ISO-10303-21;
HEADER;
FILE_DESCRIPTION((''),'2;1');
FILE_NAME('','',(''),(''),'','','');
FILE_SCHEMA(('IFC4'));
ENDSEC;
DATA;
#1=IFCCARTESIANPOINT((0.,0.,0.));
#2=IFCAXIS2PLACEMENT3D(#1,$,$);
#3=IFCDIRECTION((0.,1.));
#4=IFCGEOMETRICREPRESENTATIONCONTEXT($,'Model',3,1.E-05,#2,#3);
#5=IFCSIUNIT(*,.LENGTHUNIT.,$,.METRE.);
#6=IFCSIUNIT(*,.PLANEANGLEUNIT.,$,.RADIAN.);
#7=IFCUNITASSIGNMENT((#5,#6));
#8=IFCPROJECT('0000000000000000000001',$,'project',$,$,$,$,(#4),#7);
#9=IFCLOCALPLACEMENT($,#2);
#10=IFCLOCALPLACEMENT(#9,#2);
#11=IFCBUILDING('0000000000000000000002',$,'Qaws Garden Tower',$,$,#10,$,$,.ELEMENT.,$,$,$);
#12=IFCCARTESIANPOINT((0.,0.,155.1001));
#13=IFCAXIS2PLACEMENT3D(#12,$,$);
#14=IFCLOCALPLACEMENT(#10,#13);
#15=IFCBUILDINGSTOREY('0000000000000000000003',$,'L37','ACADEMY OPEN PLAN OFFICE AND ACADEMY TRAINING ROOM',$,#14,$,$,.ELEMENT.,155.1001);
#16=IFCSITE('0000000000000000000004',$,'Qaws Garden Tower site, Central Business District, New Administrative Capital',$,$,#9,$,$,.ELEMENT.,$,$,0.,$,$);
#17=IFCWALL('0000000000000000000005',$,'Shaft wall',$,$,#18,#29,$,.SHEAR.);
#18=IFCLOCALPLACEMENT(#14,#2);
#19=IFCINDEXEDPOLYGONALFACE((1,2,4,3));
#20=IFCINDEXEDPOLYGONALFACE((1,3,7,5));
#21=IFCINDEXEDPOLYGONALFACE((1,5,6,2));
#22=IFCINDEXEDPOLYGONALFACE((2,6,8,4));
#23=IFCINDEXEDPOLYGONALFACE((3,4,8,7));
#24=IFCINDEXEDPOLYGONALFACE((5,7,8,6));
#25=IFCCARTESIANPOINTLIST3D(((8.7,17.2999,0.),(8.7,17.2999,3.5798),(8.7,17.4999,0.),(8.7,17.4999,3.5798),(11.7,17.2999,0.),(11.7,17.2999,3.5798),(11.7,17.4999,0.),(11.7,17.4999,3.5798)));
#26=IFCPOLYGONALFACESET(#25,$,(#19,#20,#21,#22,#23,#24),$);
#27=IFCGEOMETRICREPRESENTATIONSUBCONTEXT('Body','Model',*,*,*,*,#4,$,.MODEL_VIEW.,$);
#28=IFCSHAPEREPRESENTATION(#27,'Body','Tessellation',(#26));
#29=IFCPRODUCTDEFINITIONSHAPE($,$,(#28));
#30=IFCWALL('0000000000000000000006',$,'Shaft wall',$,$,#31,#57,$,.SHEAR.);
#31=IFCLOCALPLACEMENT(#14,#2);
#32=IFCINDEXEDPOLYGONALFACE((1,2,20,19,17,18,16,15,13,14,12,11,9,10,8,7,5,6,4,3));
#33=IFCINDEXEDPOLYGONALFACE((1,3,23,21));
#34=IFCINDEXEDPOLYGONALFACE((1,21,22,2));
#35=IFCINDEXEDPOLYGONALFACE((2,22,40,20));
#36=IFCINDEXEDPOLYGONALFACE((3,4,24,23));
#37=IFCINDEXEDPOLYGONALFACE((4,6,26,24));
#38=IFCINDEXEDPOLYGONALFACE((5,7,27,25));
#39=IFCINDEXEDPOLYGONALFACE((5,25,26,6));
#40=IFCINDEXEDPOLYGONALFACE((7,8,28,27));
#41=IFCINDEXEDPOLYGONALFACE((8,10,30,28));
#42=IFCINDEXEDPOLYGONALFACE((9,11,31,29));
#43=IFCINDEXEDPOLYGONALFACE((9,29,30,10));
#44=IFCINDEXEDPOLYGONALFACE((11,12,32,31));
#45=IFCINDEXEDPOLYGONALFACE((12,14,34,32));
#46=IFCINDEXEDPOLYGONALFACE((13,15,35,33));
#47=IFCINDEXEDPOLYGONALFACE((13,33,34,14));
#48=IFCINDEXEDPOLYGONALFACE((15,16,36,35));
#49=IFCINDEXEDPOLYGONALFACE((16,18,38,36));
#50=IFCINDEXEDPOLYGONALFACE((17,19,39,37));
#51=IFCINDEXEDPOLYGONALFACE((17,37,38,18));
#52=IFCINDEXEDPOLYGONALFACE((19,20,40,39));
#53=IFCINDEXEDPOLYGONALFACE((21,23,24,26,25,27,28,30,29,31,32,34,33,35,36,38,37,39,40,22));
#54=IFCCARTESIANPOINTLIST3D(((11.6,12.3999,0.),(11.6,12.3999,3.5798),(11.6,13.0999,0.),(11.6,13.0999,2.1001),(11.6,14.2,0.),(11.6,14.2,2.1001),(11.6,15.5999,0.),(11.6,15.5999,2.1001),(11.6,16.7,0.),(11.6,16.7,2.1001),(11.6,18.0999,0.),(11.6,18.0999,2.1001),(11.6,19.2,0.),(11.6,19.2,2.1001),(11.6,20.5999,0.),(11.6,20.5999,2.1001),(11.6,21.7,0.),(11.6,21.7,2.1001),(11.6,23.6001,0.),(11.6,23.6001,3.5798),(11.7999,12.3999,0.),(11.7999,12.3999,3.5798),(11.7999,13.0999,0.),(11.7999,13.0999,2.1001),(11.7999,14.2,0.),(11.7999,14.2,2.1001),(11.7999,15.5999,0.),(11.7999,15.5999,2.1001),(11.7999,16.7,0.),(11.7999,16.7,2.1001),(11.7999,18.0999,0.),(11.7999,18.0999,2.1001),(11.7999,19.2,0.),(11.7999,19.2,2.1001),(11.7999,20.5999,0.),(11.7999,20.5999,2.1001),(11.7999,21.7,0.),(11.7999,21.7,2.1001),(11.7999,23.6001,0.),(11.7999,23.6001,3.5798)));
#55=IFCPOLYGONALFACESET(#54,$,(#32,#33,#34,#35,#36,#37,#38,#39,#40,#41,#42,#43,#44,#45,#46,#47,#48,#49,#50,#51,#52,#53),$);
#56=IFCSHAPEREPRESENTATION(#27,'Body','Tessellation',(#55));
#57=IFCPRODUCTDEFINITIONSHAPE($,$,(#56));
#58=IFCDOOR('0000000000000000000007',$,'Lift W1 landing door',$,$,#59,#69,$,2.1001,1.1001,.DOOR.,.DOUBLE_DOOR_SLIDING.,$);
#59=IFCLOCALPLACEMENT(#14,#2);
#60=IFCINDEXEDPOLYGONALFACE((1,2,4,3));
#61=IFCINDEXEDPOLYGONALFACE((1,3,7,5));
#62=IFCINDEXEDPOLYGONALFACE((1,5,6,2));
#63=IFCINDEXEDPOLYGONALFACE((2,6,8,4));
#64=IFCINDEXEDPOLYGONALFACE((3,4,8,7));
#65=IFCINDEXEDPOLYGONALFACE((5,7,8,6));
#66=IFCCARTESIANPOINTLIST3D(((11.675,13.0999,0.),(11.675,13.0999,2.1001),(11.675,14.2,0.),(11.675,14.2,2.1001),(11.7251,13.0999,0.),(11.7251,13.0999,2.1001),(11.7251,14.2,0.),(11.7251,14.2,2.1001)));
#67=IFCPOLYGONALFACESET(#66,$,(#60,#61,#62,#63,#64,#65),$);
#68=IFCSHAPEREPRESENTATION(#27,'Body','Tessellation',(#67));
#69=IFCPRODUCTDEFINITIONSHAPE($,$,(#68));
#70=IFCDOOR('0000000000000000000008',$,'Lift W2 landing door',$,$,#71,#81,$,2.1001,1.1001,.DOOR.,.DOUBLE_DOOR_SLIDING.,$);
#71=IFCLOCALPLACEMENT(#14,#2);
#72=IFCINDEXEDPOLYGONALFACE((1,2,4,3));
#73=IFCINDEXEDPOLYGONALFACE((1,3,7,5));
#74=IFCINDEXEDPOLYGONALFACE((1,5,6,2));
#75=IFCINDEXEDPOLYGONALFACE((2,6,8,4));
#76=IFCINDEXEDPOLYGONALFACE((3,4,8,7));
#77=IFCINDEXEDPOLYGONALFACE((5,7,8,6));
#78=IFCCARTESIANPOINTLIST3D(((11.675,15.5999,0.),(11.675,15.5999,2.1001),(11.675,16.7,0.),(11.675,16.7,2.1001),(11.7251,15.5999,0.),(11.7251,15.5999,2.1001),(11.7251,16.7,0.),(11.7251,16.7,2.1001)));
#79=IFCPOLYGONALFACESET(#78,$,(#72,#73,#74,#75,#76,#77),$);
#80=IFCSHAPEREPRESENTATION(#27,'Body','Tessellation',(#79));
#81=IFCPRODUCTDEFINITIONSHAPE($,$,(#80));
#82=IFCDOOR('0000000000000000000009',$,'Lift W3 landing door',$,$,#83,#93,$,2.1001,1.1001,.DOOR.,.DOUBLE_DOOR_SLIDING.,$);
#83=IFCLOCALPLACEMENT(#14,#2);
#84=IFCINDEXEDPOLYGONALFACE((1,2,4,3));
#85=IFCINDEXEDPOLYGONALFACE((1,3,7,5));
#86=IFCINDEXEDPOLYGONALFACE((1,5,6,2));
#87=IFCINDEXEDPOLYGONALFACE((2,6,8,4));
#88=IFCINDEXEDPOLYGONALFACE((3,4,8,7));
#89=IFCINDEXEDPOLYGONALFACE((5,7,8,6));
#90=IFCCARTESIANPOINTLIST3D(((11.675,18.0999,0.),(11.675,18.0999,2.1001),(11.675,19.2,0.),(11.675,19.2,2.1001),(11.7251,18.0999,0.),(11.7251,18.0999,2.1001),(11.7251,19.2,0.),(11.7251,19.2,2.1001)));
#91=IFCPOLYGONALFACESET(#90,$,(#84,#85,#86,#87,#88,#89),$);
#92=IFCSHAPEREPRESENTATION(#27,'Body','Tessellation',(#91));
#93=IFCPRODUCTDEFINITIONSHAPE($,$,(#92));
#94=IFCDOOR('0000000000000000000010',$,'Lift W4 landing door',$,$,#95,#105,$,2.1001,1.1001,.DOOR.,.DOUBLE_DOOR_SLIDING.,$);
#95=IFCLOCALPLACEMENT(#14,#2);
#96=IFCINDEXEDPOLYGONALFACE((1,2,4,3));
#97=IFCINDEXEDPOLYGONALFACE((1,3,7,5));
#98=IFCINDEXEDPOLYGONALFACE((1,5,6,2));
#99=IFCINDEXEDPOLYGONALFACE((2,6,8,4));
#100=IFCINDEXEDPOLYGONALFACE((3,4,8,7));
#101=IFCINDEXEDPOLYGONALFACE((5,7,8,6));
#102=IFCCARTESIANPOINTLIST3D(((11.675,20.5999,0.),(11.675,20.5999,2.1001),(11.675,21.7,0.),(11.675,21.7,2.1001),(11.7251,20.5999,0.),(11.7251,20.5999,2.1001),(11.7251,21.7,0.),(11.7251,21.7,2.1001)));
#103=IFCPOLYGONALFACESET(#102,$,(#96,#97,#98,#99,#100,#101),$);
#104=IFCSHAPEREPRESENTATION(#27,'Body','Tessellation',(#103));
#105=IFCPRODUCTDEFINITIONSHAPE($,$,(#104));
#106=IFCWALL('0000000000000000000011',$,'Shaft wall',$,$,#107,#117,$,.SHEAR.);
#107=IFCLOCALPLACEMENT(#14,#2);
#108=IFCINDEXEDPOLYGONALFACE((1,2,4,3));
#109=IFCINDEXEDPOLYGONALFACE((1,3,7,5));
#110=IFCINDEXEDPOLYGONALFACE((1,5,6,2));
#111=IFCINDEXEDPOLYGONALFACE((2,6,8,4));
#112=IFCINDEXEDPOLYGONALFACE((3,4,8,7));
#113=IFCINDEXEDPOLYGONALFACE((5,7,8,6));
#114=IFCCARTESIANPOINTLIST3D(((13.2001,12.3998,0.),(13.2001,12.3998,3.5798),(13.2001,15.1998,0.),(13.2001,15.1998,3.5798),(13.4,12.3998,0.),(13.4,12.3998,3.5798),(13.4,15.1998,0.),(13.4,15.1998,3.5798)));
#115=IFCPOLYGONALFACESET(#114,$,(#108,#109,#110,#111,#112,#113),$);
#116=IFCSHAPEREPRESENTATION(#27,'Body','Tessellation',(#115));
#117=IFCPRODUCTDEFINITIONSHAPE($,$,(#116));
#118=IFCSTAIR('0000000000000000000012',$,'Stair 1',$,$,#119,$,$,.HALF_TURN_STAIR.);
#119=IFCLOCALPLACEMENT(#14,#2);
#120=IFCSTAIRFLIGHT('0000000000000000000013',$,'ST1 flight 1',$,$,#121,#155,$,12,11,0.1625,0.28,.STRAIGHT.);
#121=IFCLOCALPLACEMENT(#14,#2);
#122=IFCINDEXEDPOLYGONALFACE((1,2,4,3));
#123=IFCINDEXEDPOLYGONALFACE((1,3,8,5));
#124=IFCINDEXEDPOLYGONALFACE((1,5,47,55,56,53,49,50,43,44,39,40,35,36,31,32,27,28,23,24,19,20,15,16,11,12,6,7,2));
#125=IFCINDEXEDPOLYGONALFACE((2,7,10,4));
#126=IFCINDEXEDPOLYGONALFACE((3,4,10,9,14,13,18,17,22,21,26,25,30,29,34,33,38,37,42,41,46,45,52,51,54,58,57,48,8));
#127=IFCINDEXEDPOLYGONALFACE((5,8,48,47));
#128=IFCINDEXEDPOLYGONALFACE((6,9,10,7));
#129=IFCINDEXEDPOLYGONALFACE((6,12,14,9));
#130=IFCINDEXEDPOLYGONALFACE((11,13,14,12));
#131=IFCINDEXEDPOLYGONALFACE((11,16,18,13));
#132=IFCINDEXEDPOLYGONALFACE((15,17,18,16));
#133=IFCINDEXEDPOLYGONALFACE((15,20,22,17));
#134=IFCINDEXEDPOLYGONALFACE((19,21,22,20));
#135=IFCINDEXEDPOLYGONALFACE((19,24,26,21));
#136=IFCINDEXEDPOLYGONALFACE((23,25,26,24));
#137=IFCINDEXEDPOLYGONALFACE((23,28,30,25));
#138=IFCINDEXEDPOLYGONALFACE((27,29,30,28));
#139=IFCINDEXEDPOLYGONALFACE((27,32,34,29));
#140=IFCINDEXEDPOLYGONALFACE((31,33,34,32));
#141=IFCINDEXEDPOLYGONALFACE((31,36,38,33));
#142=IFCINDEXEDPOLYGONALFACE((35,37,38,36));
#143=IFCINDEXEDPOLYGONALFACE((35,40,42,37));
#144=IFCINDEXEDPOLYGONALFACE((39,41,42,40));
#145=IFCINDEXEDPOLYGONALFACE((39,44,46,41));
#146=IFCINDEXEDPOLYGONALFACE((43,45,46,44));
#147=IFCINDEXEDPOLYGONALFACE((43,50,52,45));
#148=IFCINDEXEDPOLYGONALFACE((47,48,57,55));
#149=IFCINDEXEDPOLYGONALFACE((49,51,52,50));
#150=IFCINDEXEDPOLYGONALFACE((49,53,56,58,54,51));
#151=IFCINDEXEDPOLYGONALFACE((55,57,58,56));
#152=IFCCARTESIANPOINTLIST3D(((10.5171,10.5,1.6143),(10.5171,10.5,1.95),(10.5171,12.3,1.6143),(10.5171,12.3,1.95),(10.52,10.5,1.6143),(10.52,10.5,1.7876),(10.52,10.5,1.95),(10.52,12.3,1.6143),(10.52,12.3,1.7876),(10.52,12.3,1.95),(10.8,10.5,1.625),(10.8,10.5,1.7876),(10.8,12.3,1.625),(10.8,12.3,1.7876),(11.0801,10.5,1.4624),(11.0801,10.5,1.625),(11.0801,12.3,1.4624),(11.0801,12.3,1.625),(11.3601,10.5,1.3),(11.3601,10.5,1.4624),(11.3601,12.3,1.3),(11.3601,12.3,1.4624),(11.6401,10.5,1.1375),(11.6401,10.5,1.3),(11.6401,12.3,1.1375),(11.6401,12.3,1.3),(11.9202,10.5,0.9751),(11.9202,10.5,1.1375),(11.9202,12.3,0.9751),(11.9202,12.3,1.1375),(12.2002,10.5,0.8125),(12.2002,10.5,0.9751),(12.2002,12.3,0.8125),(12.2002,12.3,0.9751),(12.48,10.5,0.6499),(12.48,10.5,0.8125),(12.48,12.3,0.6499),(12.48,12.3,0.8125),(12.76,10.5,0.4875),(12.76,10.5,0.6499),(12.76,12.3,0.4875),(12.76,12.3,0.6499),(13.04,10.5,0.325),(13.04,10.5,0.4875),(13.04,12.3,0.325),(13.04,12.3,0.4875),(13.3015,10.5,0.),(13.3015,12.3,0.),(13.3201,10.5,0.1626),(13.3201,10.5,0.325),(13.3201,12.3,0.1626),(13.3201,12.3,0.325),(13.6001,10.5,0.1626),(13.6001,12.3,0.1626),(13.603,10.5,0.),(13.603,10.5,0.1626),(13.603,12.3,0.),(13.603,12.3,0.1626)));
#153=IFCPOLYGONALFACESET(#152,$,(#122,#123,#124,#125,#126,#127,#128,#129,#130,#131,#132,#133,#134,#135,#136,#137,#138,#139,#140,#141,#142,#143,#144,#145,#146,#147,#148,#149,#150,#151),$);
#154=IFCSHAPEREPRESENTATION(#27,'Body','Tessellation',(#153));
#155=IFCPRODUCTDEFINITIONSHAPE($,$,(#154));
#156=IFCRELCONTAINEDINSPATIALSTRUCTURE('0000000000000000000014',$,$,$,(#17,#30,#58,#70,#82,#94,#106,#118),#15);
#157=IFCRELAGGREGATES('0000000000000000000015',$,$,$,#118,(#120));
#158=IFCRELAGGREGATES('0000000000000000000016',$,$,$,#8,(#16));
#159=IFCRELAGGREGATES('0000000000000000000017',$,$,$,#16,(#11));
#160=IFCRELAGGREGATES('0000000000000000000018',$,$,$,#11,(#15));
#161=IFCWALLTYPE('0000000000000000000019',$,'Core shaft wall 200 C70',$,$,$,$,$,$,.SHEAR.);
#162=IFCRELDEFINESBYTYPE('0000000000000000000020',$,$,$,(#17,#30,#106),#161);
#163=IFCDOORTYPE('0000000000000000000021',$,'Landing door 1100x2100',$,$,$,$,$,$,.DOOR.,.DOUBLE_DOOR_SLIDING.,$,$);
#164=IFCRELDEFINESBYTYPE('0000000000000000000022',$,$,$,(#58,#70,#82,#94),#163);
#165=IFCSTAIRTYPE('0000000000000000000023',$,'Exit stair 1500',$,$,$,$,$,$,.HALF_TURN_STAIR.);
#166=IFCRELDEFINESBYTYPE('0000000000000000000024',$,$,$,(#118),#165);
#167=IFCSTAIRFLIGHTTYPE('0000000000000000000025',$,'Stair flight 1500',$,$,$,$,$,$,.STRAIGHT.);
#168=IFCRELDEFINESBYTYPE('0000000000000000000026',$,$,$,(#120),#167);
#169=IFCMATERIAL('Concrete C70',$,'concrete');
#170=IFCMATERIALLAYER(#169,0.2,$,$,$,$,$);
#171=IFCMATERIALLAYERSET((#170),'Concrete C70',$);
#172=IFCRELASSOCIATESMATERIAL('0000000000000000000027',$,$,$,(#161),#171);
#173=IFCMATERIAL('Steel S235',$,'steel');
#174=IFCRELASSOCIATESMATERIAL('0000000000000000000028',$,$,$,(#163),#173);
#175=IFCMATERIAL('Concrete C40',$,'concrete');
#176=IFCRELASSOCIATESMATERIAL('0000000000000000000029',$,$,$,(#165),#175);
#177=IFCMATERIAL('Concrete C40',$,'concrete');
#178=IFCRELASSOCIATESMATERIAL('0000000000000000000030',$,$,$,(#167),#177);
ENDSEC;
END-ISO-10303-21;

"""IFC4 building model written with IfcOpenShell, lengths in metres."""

from ifc_helpers import new_model, si_unit, direction, frame, frame_2d, origin, place, context, subcontext, project, spatial, polyline, rectangle, outline, extrude, material, layer, layer_set, type_object, element, fill, aggregate, save


model = new_model("IFC4")

# Units and contexts
model_context = context("Model", 3, precision=1e-05, world=origin(), true_north=direction((0.0, 1.0)))
body_context = subcontext(model_context, "Body", "Model", "MODEL_VIEW")
ifc_project = project(units=[si_unit("LENGTHUNIT", "METRE"), si_unit("PLANEANGLEUNIT", "RADIAN")], contexts=[model_context])

# Site, building, storey
site_placement = place(None, origin())
site = spatial("IfcSite", under=ifc_project, at=site_placement, Name="Qaws Garden Tower site, Central Business District, New Administrative Capital", CompositionType="ELEMENT", RefElevation=0.0)
building_placement = place(site_placement, origin())
building = spatial("IfcBuilding", under=site, at=building_placement, Name="Qaws Garden Tower", CompositionType="ELEMENT")
storey_placement = place(building_placement, frame((0.0, 0.0, 155.1001)))
storey = spatial("IfcBuildingStorey", under=building, at=storey_placement, Name="L37", Description="ACADEMY OPEN PLAN OFFICE AND ACADEMY TRAINING ROOM", CompositionType="ELEMENT", Elevation=155.1001)

# Shared definitions
ifc_material_1 = material(Name="Concrete C70", Category="concrete")
ifc_layer_1 = layer(ifc_material_1, 0.2)
ifc_layer_set_1 = layer_set([ifc_layer_1], Name="Concrete C70")
wall_type_1 = type_object("IfcWallType", Name="Core shaft wall 200 C70", PredefinedType="SHEAR", material=ifc_layer_set_1)

# Shared definitions
ifc_material_2 = material(Name="Steel S235", Category="steel")
door_type_1 = type_object("IfcDoorType", Name="Landing door 1100x2100", OperationType="DOUBLE_DOOR_SLIDING", PredefinedType="DOOR", material=ifc_material_2)

# Wall
wall_1_placement = place(storey_placement, frame((8.7, 17.3999, 0.0), z_axis=(0.0, 0.0, 1.0), x_axis=(1.0, 0.0, 0.0)))
element("IfcWall", 1, at=wall_1_placement, inside=storey, type_object=wall_type_1, Name="Shaft wall", PredefinedType="SHEAR", context=body_context, shape_type="SweptSolid", body=[
    extrude(rectangle(XDim=3.0, YDim=0.2, at=frame_2d((1.5, 0.0))), origin(), (0.0, 0.0, 1.0), 3.5798),
])

# Wall, openings, doors
wall_2_placement = place(storey_placement, frame((11.7, 12.3999, 0.0), z_axis=(0.0, 0.0, 1.0), x_axis=(0.0, 1.0, 0.0)))
wall_2 = element("IfcWall", 2, at=wall_2_placement, inside=storey, type_object=wall_type_1, Name="Shaft wall", PredefinedType="SHEAR", context=body_context, shape_type="SweptSolid", body=[
    extrude(rectangle(XDim=11.2002, YDim=0.2, at=frame_2d((5.6001, 0.0))), origin(), (0.0, 0.0, 1.0), 3.5798),
])
opening_1_placement = place(wall_2_placement, frame((0.7, 0.0, 0.0)))
opening_1 = element("IfcOpeningElement", 3, at=opening_1_placement, cuts=wall_2, PredefinedType="OPENING", context=body_context, shape_type="SweptSolid", body=[
    extrude(rectangle(XDim=1.1001, YDim=2.1001, at=frame_2d((0.55, 1.05))), frame((0.0, 0.1099, 0.0), z_axis=(0.0, -1.0, 0.0), x_axis=(1.0, 0.0, 0.0)), (0.0, 0.0, 1.0), 0.22),
])
opening_2_placement = place(wall_2_placement, frame((3.2, 0.0, 0.0)))
opening_2 = element("IfcOpeningElement", 4, at=opening_2_placement, cuts=wall_2, PredefinedType="OPENING", context=body_context, shape_type="SweptSolid", body=[
    extrude(rectangle(XDim=1.1001, YDim=2.1001, at=frame_2d((0.55, 1.05))), frame((0.0, 0.1099, 0.0), z_axis=(0.0, -1.0, 0.0), x_axis=(1.0, 0.0, 0.0)), (0.0, 0.0, 1.0), 0.22),
])
opening_3_placement = place(wall_2_placement, frame((5.7, 0.0, 0.0)))
opening_3 = element("IfcOpeningElement", 5, at=opening_3_placement, cuts=wall_2, PredefinedType="OPENING", context=body_context, shape_type="SweptSolid", body=[
    extrude(rectangle(XDim=1.1001, YDim=2.1001, at=frame_2d((0.55, 1.05))), frame((0.0, 0.1099, 0.0), z_axis=(0.0, -1.0, 0.0), x_axis=(1.0, 0.0, 0.0)), (0.0, 0.0, 1.0), 0.22),
])
opening_4_placement = place(wall_2_placement, frame((8.2, 0.0, 0.0)))
opening_4 = element("IfcOpeningElement", 6, at=opening_4_placement, cuts=wall_2, PredefinedType="OPENING", context=body_context, shape_type="SweptSolid", body=[
    extrude(rectangle(XDim=1.1001, YDim=2.1001, at=frame_2d((0.55, 1.05))), frame((0.0, 0.1099, 0.0), z_axis=(0.0, -1.0, 0.0), x_axis=(1.0, 0.0, 0.0)), (0.0, 0.0, 1.0), 0.22),
])
door_1_placement = place(opening_1_placement, origin())
door_1 = element("IfcDoor", 7, at=door_1_placement, inside=storey, type_object=door_type_1, Name="Lift W1 landing door", OperationType="DOUBLE_DOOR_SLIDING", OverallHeight=2.1001, OverallWidth=1.1001, PredefinedType="DOOR", context=body_context, shape_type="SweptSolid", body=[
    extrude(rectangle(XDim=1.1001, YDim=2.1001, at=frame_2d((0.55, 1.05))), frame((0.0, 0.0249, 0.0), z_axis=(0.0, -1.0, 0.0), x_axis=(1.0, 0.0, 0.0)), (0.0, 0.0, 1.0), 0.05),
])
fill(opening_1, door_1)
door_2_placement = place(opening_2_placement, origin())
door_2 = element("IfcDoor", 8, at=door_2_placement, inside=storey, type_object=door_type_1, Name="Lift W2 landing door", OperationType="DOUBLE_DOOR_SLIDING", OverallHeight=2.1001, OverallWidth=1.1001, PredefinedType="DOOR", context=body_context, shape_type="SweptSolid", body=[
    extrude(rectangle(XDim=1.1001, YDim=2.1001, at=frame_2d((0.55, 1.05))), frame((0.0, 0.0249, 0.0), z_axis=(0.0, -1.0, 0.0), x_axis=(1.0, 0.0, 0.0)), (0.0, 0.0, 1.0), 0.05),
])
fill(opening_2, door_2)
door_3_placement = place(opening_3_placement, origin())
door_3 = element("IfcDoor", 9, at=door_3_placement, inside=storey, type_object=door_type_1, Name="Lift W3 landing door", OperationType="DOUBLE_DOOR_SLIDING", OverallHeight=2.1001, OverallWidth=1.1001, PredefinedType="DOOR", context=body_context, shape_type="SweptSolid", body=[
    extrude(rectangle(XDim=1.1001, YDim=2.1001, at=frame_2d((0.55, 1.05))), frame((0.0, 0.0249, 0.0), z_axis=(0.0, -1.0, 0.0), x_axis=(1.0, 0.0, 0.0)), (0.0, 0.0, 1.0), 0.05),
])
fill(opening_3, door_3)
door_4_placement = place(opening_4_placement, origin())
door_4 = element("IfcDoor", 10, at=door_4_placement, inside=storey, type_object=door_type_1, Name="Lift W4 landing door", OperationType="DOUBLE_DOOR_SLIDING", OverallHeight=2.1001, OverallWidth=1.1001, PredefinedType="DOOR", context=body_context, shape_type="SweptSolid", body=[
    extrude(rectangle(XDim=1.1001, YDim=2.1001, at=frame_2d((0.55, 1.05))), frame((0.0, 0.0249, 0.0), z_axis=(0.0, -1.0, 0.0), x_axis=(1.0, 0.0, 0.0)), (0.0, 0.0, 1.0), 0.05),
])
fill(opening_4, door_4)

# Wall
wall_3_placement = place(storey_placement, frame((13.3, 12.3999, 0.0), z_axis=(0.0, 0.0, 1.0), x_axis=(0.0, 1.0, 0.0)))
element("IfcWall", 11, at=wall_3_placement, inside=storey, type_object=wall_type_1, Name="Shaft wall", PredefinedType="SHEAR", context=body_context, shape_type="SweptSolid", body=[
    extrude(rectangle(XDim=2.8, YDim=0.2, at=frame_2d((1.3999, 0.0))), origin(), (0.0, 0.0, 1.0), 3.5798),
])

# Stair, stair flight
ifc_material_3 = material(Name="Concrete C40", Category="concrete")
stair_type = type_object("IfcStairType", Name="Exit stair 1500", PredefinedType="HALF_TURN_STAIR", material=ifc_material_3)
stair_placement = place(storey_placement, origin())
stair = element("IfcStair", 12, at=stair_placement, inside=storey, type_object=stair_type, Name="Stair 1", PredefinedType="HALF_TURN_STAIR")
ifc_material_4 = material(Name="Concrete C40", Category="concrete")
stair_flight_type = type_object("IfcStairFlightType", Name="Stair flight 1500", PredefinedType="STRAIGHT", material=ifc_material_4)
stair_flight_placement = place(storey_placement, frame((13.6001, 11.3999, 0.0), z_axis=(0.0, 0.0, 1.0), x_axis=(-1.0, 0.0, 0.0)))
stair_flight = element("IfcStairFlight", 13, at=stair_flight_placement, type_object=stair_flight_type, Name="ST1 flight 1", NumberOfRisers=12, NumberOfTreads=11, PredefinedType="STRAIGHT", RiserHeight=0.1625, TreadLength=0.28, context=body_context, shape_type="SweptSolid", body=[
    extrude(outline(polyline([(-0.0029, 0.0), (-0.0029, 0.1626), (0.0, 0.1626), (0.28, 0.1626), (0.28, 0.325), (0.5601, 0.325), (0.5601, 0.4875), (0.8401, 0.4875), (0.8401, 0.6499), (1.1201, 0.6499), (1.1201, 0.8125), (1.3999, 0.8125), (1.3999, 0.9751), (1.6799, 0.9751), (1.6799, 1.1375), (1.96, 1.1375), (1.96, 1.3), (2.24, 1.3), (2.24, 1.4624), (2.52, 1.4624), (2.52, 1.625), (2.8, 1.625), (2.8, 1.7876), (3.0801, 1.7876), (3.0801, 1.95), (3.083, 1.95), (3.083, 1.6143), (3.0801, 1.6143), (0.2986, 0.0), (-0.0029, 0.0)])), frame((0.0, 0.8999, 0.0), z_axis=(0.0, -1.0, 0.0), x_axis=(1.0, 0.0, 0.0)), (0.0, 0.0, 1.0), 1.8),
])
aggregate(stair, [stair_flight])

save(model, "model.ifc")
